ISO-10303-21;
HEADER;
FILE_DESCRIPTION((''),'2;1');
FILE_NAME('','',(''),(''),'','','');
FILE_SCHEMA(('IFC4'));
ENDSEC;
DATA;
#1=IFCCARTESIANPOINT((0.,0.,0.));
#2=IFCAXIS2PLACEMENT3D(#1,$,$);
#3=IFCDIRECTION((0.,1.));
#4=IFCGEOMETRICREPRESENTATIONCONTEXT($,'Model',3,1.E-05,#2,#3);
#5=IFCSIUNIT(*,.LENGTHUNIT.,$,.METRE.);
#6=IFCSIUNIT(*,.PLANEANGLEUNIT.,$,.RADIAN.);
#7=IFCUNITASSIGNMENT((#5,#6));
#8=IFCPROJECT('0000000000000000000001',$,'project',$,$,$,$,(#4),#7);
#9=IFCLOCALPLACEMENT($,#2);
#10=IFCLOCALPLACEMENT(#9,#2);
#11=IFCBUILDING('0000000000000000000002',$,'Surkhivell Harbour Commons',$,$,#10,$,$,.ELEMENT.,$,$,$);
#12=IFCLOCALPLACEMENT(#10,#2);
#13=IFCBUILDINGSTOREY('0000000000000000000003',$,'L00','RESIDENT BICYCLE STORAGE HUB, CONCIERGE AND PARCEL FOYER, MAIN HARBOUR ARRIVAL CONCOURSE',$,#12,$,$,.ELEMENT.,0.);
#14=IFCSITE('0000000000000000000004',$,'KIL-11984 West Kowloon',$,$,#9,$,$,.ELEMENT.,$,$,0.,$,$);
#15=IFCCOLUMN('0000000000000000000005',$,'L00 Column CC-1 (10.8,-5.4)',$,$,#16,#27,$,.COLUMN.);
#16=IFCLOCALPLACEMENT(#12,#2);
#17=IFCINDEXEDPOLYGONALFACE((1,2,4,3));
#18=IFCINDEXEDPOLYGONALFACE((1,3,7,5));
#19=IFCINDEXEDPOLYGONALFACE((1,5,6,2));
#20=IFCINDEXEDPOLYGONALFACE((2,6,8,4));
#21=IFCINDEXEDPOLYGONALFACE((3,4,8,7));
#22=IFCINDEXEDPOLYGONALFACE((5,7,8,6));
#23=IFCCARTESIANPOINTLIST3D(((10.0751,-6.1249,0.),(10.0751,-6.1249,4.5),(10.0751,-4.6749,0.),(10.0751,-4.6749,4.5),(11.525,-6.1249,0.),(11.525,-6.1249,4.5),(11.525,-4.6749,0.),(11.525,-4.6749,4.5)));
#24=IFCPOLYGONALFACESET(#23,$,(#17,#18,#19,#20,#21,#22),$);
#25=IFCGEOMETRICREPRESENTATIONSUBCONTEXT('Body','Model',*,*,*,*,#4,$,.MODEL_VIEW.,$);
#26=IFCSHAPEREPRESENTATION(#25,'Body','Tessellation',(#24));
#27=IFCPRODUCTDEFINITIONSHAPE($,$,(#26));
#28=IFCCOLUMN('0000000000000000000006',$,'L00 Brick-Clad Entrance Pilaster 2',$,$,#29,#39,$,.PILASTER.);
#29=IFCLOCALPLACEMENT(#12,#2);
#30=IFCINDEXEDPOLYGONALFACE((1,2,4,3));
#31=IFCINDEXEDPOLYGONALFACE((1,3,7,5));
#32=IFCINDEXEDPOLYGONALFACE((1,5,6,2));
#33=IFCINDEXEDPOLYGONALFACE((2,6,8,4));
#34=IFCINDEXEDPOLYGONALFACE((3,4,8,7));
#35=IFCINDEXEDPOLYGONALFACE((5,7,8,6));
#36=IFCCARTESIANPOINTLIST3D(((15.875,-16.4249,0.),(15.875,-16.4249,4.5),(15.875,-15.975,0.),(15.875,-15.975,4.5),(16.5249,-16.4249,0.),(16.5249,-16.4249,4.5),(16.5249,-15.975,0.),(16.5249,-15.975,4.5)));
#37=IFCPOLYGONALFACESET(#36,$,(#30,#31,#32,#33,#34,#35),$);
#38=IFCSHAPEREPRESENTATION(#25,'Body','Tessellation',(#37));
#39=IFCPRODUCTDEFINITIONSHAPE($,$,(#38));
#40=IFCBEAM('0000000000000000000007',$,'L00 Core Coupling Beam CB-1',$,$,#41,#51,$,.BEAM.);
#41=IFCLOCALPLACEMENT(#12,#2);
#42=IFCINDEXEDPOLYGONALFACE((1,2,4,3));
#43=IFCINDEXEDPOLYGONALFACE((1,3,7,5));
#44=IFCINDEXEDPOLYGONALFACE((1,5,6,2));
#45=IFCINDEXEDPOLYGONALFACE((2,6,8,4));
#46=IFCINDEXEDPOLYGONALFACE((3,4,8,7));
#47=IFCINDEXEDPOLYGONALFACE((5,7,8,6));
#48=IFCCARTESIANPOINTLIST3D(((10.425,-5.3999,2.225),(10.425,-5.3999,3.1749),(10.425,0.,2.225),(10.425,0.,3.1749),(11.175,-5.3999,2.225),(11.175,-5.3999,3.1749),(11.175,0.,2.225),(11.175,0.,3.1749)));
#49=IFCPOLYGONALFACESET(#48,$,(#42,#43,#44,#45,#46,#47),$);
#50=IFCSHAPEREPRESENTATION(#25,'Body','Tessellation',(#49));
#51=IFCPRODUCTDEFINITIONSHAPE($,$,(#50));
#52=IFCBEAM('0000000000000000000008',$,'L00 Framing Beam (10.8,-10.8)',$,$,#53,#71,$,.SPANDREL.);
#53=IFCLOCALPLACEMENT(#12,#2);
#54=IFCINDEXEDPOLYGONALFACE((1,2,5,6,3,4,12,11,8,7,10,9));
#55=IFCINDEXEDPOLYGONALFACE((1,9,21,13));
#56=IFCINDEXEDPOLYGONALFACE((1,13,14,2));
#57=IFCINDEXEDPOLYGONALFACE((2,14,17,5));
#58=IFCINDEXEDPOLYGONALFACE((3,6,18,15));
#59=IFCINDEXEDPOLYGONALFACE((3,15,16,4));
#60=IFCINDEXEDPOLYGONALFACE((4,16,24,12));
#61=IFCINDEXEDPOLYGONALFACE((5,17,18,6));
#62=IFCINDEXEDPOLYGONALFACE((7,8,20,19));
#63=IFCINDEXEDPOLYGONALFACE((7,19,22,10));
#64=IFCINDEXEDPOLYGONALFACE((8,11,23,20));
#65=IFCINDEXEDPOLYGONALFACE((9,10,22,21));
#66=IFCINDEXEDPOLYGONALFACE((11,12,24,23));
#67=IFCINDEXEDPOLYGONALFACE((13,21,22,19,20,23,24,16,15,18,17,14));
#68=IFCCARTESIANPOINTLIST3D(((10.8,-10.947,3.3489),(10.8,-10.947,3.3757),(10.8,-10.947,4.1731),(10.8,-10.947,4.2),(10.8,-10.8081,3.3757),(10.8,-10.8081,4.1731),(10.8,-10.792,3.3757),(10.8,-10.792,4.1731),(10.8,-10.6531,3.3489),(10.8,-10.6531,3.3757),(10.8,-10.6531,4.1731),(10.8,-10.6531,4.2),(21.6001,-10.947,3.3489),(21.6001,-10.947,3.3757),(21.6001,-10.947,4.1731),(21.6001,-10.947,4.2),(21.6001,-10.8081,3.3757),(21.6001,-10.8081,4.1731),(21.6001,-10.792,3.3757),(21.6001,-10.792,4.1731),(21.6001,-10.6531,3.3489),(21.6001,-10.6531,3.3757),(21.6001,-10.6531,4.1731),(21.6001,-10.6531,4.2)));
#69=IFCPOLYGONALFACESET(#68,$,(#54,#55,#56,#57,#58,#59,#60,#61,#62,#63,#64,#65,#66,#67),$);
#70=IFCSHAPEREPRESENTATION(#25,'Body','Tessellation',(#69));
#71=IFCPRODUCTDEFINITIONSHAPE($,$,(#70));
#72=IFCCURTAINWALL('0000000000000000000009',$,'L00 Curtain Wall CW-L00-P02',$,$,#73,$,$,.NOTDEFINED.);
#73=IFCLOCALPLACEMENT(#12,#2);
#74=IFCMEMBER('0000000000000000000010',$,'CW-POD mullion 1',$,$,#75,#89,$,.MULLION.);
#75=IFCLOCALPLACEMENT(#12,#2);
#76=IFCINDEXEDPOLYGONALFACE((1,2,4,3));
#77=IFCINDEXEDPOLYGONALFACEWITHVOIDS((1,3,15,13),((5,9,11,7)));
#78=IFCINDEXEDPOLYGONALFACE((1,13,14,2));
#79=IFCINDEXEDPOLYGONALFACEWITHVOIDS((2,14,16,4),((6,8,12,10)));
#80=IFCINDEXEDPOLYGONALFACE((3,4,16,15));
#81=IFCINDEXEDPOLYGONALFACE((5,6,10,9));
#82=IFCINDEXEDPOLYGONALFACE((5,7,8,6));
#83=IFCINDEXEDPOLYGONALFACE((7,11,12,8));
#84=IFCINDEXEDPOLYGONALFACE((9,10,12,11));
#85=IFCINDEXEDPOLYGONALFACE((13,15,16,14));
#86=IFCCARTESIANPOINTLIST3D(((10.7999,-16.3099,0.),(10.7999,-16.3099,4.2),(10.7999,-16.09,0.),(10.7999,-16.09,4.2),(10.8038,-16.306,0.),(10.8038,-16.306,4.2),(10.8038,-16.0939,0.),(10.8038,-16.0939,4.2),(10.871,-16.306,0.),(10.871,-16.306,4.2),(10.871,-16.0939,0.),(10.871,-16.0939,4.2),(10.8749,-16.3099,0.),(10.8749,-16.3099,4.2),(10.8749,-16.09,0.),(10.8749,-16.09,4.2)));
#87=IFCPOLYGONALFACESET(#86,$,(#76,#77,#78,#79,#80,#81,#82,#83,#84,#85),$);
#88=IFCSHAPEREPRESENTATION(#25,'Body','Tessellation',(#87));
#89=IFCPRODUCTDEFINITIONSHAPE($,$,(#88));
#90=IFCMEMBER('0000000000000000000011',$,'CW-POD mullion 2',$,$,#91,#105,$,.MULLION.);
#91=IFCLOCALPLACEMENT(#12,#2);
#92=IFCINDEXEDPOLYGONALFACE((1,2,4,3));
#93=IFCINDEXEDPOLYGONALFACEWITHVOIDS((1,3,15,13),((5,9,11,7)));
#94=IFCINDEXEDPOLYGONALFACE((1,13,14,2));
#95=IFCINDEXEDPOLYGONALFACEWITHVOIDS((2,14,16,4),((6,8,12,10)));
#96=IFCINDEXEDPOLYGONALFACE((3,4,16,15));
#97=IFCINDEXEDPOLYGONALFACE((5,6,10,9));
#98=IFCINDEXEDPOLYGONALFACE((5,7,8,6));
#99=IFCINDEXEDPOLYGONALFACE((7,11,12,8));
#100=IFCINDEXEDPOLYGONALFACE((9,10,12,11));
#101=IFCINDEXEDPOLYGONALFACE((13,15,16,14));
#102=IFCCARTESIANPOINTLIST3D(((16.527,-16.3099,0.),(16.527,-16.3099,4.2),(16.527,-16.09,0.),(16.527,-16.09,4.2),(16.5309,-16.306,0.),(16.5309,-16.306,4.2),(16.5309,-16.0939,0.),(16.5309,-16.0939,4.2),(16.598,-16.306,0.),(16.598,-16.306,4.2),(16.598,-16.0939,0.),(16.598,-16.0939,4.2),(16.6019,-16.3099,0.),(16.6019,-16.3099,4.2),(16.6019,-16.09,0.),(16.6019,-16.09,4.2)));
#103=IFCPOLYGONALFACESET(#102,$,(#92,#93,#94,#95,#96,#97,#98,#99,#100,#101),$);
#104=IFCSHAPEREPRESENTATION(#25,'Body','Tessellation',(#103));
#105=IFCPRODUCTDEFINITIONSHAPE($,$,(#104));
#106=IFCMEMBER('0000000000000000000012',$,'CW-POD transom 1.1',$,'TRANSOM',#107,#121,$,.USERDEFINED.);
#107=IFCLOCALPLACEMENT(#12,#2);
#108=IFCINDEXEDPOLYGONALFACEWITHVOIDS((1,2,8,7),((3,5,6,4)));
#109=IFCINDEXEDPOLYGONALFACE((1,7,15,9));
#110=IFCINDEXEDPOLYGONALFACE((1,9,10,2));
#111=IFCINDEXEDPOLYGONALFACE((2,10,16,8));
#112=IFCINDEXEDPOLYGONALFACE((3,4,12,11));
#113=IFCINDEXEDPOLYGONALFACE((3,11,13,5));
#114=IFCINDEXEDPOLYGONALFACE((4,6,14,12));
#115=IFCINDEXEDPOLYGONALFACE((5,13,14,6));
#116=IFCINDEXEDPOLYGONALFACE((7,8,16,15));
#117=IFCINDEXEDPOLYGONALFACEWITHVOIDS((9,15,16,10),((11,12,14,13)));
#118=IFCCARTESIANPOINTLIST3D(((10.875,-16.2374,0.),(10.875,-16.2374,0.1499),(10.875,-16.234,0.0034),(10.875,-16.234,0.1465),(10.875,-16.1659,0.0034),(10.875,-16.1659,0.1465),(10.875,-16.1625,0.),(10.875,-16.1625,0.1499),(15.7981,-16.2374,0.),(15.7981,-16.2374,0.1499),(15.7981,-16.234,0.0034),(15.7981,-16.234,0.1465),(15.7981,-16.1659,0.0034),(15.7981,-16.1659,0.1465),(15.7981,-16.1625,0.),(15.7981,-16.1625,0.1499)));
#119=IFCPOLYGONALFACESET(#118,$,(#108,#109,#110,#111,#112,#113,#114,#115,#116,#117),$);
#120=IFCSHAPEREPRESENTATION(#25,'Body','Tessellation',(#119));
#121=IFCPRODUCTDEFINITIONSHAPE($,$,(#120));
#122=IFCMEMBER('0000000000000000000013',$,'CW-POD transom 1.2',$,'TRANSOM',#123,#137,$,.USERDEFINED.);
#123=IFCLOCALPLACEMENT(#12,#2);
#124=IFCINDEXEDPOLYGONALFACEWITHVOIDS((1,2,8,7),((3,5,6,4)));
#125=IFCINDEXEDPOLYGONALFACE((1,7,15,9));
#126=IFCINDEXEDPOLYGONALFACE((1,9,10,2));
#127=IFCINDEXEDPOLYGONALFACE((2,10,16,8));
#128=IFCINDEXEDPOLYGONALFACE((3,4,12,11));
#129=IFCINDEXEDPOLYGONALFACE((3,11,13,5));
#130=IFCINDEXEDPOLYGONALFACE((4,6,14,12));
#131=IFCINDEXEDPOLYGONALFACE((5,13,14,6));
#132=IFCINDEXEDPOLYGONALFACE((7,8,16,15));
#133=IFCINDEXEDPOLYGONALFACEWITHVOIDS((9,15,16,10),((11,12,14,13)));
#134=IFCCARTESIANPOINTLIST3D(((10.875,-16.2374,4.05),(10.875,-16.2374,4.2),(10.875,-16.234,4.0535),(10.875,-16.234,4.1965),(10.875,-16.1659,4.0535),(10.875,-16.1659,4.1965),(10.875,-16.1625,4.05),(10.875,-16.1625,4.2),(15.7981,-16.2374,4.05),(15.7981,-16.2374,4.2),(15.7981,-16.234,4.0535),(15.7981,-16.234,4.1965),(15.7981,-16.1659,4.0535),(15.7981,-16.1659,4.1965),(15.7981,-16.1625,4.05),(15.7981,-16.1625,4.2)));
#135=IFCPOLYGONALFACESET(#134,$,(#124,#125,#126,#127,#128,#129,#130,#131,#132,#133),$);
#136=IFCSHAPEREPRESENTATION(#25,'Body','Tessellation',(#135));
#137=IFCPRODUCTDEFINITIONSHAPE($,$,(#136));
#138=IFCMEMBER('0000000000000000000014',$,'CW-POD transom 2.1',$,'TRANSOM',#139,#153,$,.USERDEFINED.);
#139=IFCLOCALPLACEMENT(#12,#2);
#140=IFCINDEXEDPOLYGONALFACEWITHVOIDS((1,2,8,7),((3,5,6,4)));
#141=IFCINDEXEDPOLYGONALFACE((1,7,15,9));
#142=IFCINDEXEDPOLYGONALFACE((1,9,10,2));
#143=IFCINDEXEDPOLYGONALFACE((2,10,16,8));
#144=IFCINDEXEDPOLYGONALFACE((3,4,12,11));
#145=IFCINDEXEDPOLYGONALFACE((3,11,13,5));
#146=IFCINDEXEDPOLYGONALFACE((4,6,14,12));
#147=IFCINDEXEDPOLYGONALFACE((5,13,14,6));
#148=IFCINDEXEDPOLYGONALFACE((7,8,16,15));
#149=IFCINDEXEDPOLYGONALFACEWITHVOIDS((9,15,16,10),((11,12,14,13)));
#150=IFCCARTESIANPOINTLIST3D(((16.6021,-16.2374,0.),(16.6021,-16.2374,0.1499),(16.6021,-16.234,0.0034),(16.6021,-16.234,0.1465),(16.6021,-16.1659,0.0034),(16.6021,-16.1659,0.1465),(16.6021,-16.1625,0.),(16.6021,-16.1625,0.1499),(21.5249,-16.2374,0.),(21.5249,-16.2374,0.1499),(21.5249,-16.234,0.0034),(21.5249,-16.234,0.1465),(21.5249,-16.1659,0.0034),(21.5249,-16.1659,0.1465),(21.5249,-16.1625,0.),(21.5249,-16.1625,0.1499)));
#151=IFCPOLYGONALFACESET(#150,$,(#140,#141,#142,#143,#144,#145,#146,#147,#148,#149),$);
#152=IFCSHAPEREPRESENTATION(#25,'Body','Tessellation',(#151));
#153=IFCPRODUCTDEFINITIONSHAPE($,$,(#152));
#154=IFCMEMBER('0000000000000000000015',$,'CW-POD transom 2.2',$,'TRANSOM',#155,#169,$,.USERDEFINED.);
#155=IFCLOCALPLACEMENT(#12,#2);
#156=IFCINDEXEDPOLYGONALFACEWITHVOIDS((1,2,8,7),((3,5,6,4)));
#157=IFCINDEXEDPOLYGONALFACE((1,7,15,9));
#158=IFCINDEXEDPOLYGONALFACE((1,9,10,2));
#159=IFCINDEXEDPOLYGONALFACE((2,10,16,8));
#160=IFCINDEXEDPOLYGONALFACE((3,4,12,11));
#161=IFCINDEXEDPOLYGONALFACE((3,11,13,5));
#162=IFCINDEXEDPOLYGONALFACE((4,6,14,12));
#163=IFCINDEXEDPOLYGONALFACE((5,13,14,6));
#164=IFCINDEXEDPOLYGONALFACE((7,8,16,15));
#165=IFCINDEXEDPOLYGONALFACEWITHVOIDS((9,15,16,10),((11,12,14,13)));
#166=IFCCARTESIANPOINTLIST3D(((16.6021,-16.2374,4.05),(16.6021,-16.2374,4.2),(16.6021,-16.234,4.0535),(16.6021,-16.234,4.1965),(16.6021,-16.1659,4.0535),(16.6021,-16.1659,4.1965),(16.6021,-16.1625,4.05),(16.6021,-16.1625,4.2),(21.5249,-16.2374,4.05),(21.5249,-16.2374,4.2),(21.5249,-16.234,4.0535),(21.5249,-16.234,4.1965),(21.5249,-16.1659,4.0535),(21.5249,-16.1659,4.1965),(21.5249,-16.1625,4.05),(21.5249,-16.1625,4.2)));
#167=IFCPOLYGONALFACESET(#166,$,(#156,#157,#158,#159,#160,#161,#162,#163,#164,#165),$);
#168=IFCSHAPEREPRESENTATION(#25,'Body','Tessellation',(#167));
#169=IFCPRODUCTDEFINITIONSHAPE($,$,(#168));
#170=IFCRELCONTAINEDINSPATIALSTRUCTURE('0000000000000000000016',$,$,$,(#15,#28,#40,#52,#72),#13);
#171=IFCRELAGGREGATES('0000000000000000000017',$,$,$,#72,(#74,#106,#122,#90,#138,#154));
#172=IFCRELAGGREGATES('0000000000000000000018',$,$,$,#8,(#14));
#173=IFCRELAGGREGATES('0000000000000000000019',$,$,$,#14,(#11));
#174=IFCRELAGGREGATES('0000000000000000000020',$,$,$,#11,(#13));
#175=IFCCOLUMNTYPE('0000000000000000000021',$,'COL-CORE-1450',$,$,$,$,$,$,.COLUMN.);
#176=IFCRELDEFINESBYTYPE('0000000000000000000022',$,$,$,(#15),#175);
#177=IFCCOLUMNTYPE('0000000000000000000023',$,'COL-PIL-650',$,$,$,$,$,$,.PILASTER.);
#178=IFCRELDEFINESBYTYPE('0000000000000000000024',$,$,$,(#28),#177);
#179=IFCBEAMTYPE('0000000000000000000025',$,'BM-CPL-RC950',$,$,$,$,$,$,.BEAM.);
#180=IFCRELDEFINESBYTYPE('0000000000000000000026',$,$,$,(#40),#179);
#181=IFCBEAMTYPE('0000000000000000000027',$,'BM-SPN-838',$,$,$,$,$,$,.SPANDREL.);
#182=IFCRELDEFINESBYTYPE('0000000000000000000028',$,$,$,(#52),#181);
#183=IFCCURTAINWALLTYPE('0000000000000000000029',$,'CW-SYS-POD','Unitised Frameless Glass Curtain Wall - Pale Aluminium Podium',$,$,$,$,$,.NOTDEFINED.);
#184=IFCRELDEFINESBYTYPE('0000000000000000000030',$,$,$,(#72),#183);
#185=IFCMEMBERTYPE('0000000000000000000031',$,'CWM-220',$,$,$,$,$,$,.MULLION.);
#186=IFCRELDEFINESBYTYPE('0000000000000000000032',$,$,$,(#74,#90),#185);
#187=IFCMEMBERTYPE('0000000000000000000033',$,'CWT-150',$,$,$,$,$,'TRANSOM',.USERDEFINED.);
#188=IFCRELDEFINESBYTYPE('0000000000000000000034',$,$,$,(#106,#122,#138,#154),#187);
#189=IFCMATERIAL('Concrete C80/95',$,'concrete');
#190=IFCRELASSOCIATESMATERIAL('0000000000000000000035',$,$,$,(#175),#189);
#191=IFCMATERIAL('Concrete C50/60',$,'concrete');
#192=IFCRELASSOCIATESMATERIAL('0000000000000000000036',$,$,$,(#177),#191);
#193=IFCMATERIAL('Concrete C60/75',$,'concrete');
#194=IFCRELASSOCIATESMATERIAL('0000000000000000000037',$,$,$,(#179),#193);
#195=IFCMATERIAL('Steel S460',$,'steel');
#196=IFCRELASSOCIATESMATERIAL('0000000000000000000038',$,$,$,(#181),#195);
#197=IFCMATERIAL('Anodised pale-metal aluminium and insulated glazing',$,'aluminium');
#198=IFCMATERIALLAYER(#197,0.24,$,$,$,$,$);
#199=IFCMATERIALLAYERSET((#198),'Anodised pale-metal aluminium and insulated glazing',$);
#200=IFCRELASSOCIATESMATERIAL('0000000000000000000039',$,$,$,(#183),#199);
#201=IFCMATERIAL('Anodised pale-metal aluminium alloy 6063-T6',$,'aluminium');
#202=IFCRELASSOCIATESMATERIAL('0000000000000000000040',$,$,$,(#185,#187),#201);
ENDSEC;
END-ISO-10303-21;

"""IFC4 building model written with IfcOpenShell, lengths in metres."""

from ifc_helpers import new_model, si_unit, direction, frame, origin, origin_2d, place, context, subcontext, project, spatial, rectangle, hollow_rectangle, i_section, extrude, material, layer, layer_set, material_profile, profile_set, type_object, element, aggregate, save


model = new_model("IFC4")

# Units and contexts
model_context = context("Model", 3, precision=1e-05, world=origin(), true_north=direction((0.0, 1.0)))
body_context = subcontext(model_context, "Body", "Model", "MODEL_VIEW")
ifc_project = project(units=[si_unit("LENGTHUNIT", "METRE"), si_unit("PLANEANGLEUNIT", "RADIAN")], contexts=[model_context])

# Site, building, storey
site_placement = place(None, origin())
site = spatial("IfcSite", under=ifc_project, at=site_placement, Name="KIL-11984 West Kowloon", CompositionType="ELEMENT", RefElevation=0.0)
building_placement = place(site_placement, origin())
building = spatial("IfcBuilding", under=site, at=building_placement, Name="Surkhivell Harbour Commons", CompositionType="ELEMENT")
storey_placement = place(building_placement, origin())
storey = spatial("IfcBuildingStorey", under=building, at=storey_placement, Name="L00", Description="RESIDENT BICYCLE STORAGE HUB, CONCIERGE AND PARCEL FOYER, MAIN HARBOUR ARRIVAL CONCOURSE", CompositionType="ELEMENT", Elevation=0.0)

# Columns
ifc_material_1 = material(Name="Concrete C80/95", Category="concrete")
ifc_material_profile_1 = material_profile(ifc_material_1, rectangle(XDim=1.45, YDim=1.45, at=origin_2d()), Name="RC-COL-1450x1450")
ifc_profile_set_1 = profile_set([ifc_material_profile_1], Name="Concrete C80/95")
column_type_1 = type_object("IfcColumnType", Name="COL-CORE-1450", PredefinedType="COLUMN", material=ifc_profile_set_1)
column_1_placement = place(storey_placement, frame((10.8, -5.3999, 0.0), z_axis=(0.0, 0.0, 1.0), x_axis=(1.0, 0.0, 0.0)))
element("IfcColumn", 1, at=column_1_placement, inside=storey, type_object=column_type_1, Name="L00 Column CC-1 (10.8,-5.4)", PredefinedType="COLUMN", context=body_context, shape_type="SweptSolid", body=[
    extrude(rectangle(XDim=1.45, YDim=1.45, at=origin_2d()), origin(), (0.0, 0.0, 1.0), 4.5),
])
ifc_material_2 = material(Name="Concrete C50/60", Category="concrete")
ifc_material_profile_2 = material_profile(ifc_material_2, rectangle(XDim=0.6499, YDim=0.45, at=origin_2d()), Name="RC-PIL-650x450")
ifc_profile_set_2 = profile_set([ifc_material_profile_2], Name="Concrete C50/60")
column_type_2 = type_object("IfcColumnType", Name="COL-PIL-650", PredefinedType="PILASTER", material=ifc_profile_set_2)
column_2_placement = place(storey_placement, frame((16.2, -16.2, 0.0), z_axis=(0.0, 0.0, 1.0), x_axis=(1.0, 0.0, 0.0)))
element("IfcColumn", 2, at=column_2_placement, inside=storey, type_object=column_type_2, Name="L00 Brick-Clad Entrance Pilaster 2", PredefinedType="PILASTER", context=body_context, shape_type="SweptSolid", body=[
    extrude(rectangle(XDim=0.6499, YDim=0.45, at=origin_2d()), origin(), (0.0, 0.0, 1.0), 4.5),
])

# Beams
ifc_material_3 = material(Name="Concrete C60/75", Category="concrete")
ifc_material_profile_3 = material_profile(ifc_material_3, rectangle(XDim=0.75, YDim=0.95, at=origin_2d()), Name="RC-CBM-750x950")
ifc_profile_set_3 = profile_set([ifc_material_profile_3], Name="Concrete C60/75")
beam_type_1 = type_object("IfcBeamType", Name="BM-CPL-RC950", PredefinedType="BEAM", material=ifc_profile_set_3)
beam_1_placement = place(storey_placement, frame((10.8, -5.3999, 2.7), z_axis=(0.0, 1.0, 0.0), x_axis=(-1.0, 0.0, 0.0)))
element("IfcBeam", 3, at=beam_1_placement, inside=storey, type_object=beam_type_1, Name="L00 Core Coupling Beam CB-1", PredefinedType="BEAM", context=body_context, shape_type="SweptSolid", body=[
    extrude(rectangle(XDim=0.75, YDim=0.95, at=origin_2d()), origin(), (0.0, 0.0, 1.0), 5.3999),
])
ifc_material_4 = material(Name="Steel S460", Category="steel")
ifc_material_profile_4 = material_profile(ifc_material_4, i_section(OverallWidth=0.2939, OverallDepth=0.8511, WebThickness=0.0161, FlangeThickness=0.0269, at=origin_2d()), Name="UB838x292x226")
ifc_profile_set_4 = profile_set([ifc_material_profile_4], Name="Steel S460")
beam_type_2 = type_object("IfcBeamType", Name="BM-SPN-838", PredefinedType="SPANDREL", material=ifc_profile_set_4)
beam_2_placement = place(storey_placement, frame((10.8, -10.8, 3.7744), z_axis=(1.0, 0.0, 0.0), x_axis=(0.0, 1.0, 0.0)))
element("IfcBeam", 4, at=beam_2_placement, inside=storey, type_object=beam_type_2, Name="L00 Framing Beam (10.8,-10.8)", PredefinedType="SPANDREL", context=body_context, shape_type="SweptSolid", body=[
    extrude(i_section(OverallWidth=0.2939, OverallDepth=0.8511, WebThickness=0.0161, FlangeThickness=0.0269, at=origin_2d()), origin(), (0.0, 0.0, 1.0), 10.8),
])

# Curtain wall, members
ifc_material_5 = material(Name="Anodised pale-metal aluminium and insulated glazing", Category="aluminium")
ifc_layer_1 = layer(ifc_material_5, 0.24)
ifc_layer_set_1 = layer_set([ifc_layer_1], Name="Anodised pale-metal aluminium and insulated glazing")
curtain_wall_type = type_object("IfcCurtainWallType", Name="CW-SYS-POD", Description="Unitised Frameless Glass Curtain Wall - Pale Aluminium Podium", PredefinedType="NOTDEFINED", material=ifc_layer_set_1)
curtain_wall_placement = place(storey_placement, origin())
curtain_wall = element("IfcCurtainWall", 5, at=curtain_wall_placement, inside=storey, type_object=curtain_wall_type, Name="L00 Curtain Wall CW-L00-P02", PredefinedType="NOTDEFINED")
ifc_material_6 = material(Name="Anodised pale-metal aluminium alloy 6063-T6", Category="aluminium")
ifc_material_profile_5 = material_profile(ifc_material_6, hollow_rectangle(XDim=0.075, YDim=0.22, WallThickness=0.0039, at=origin_2d()), Name="ALU-MULL-75x220")
ifc_profile_set_5 = profile_set([ifc_material_profile_5], Name="Anodised pale-metal aluminium alloy 6063-T6")
member_type_1 = type_object("IfcMemberType", Name="CWM-220", PredefinedType="MULLION", material=ifc_profile_set_5)
member_1_placement = place(storey_placement, frame((10.8374, -16.2, 0.0), z_axis=(0.0, 0.0, 1.0), x_axis=(1.0, 0.0, 0.0)))
member_1 = element("IfcMember", 6, at=member_1_placement, type_object=member_type_1, Name="CW-POD mullion 1", PredefinedType="MULLION", context=body_context, shape_type="SweptSolid", body=[
    extrude(hollow_rectangle(XDim=0.075, YDim=0.22, WallThickness=0.0039, at=origin_2d()), origin(), (0.0, 0.0, 1.0), 4.2),
])
member_2_placement = place(storey_placement, frame((16.5645, -16.2, 0.0), z_axis=(0.0, 0.0, 1.0), x_axis=(1.0, 0.0, 0.0)))
member_2 = element("IfcMember", 7, at=member_2_placement, type_object=member_type_1, Name="CW-POD mullion 2", PredefinedType="MULLION", context=body_context, shape_type="SweptSolid", body=[
    extrude(hollow_rectangle(XDim=0.075, YDim=0.22, WallThickness=0.0039, at=origin_2d()), origin(), (0.0, 0.0, 1.0), 4.2),
])
ifc_material_profile_6 = material_profile(ifc_material_6, hollow_rectangle(XDim=0.075, YDim=0.1499, WallThickness=0.0034, at=origin_2d()), Name="ALU-TRAN-75x150")
ifc_profile_set_6 = profile_set([ifc_material_profile_6], Name="Anodised pale-metal aluminium alloy 6063-T6")
member_type_2 = type_object("IfcMemberType", Name="CWT-150", ElementType="TRANSOM", PredefinedType="USERDEFINED", material=ifc_profile_set_6)
member_3_placement = place(storey_placement, frame((10.875, -16.2, 0.075), z_axis=(1.0, 0.0, 0.0), x_axis=(0.0, 1.0, 0.0)))
member_3 = element("IfcMember", 8, at=member_3_placement, type_object=member_type_2, Name="CW-POD transom 1.1", ObjectType="TRANSOM", PredefinedType="USERDEFINED", context=body_context, shape_type="SweptSolid", body=[
    extrude(hollow_rectangle(XDim=0.075, YDim=0.1499, WallThickness=0.0034, at=origin_2d()), origin(), (0.0, 0.0, 1.0), 4.9231),
])
member_4_placement = place(storey_placement, frame((10.875, -16.2, 4.125), z_axis=(1.0, 0.0, 0.0), x_axis=(0.0, 1.0, 0.0)))
member_4 = element("IfcMember", 9, at=member_4_placement, type_object=member_type_2, Name="CW-POD transom 1.2", ObjectType="TRANSOM", PredefinedType="USERDEFINED", context=body_context, shape_type="SweptSolid", body=[
    extrude(hollow_rectangle(XDim=0.075, YDim=0.1499, WallThickness=0.0034, at=origin_2d()), origin(), (0.0, 0.0, 1.0), 4.9231),
])
member_5_placement = place(storey_placement, frame((16.6021, -16.2, 0.075), z_axis=(1.0, 0.0, 0.0), x_axis=(0.0, 1.0, 0.0)))
member_5 = element("IfcMember", 10, at=member_5_placement, type_object=member_type_2, Name="CW-POD transom 2.1", ObjectType="TRANSOM", PredefinedType="USERDEFINED", context=body_context, shape_type="SweptSolid", body=[
    extrude(hollow_rectangle(XDim=0.075, YDim=0.1499, WallThickness=0.0034, at=origin_2d()), origin(), (0.0, 0.0, 1.0), 4.9229),
])
member_6_placement = place(storey_placement, frame((16.6021, -16.2, 4.125), z_axis=(1.0, 0.0, 0.0), x_axis=(0.0, 1.0, 0.0)))
member_6 = element("IfcMember", 11, at=member_6_placement, type_object=member_type_2, Name="CW-POD transom 2.2", ObjectType="TRANSOM", PredefinedType="USERDEFINED", context=body_context, shape_type="SweptSolid", body=[
    extrude(hollow_rectangle(XDim=0.075, YDim=0.1499, WallThickness=0.0034, at=origin_2d()), origin(), (0.0, 0.0, 1.0), 4.9229),
])
aggregate(curtain_wall, [member_1, member_3, member_4, member_2, member_5, member_6])

save(model, "model.ifc")
